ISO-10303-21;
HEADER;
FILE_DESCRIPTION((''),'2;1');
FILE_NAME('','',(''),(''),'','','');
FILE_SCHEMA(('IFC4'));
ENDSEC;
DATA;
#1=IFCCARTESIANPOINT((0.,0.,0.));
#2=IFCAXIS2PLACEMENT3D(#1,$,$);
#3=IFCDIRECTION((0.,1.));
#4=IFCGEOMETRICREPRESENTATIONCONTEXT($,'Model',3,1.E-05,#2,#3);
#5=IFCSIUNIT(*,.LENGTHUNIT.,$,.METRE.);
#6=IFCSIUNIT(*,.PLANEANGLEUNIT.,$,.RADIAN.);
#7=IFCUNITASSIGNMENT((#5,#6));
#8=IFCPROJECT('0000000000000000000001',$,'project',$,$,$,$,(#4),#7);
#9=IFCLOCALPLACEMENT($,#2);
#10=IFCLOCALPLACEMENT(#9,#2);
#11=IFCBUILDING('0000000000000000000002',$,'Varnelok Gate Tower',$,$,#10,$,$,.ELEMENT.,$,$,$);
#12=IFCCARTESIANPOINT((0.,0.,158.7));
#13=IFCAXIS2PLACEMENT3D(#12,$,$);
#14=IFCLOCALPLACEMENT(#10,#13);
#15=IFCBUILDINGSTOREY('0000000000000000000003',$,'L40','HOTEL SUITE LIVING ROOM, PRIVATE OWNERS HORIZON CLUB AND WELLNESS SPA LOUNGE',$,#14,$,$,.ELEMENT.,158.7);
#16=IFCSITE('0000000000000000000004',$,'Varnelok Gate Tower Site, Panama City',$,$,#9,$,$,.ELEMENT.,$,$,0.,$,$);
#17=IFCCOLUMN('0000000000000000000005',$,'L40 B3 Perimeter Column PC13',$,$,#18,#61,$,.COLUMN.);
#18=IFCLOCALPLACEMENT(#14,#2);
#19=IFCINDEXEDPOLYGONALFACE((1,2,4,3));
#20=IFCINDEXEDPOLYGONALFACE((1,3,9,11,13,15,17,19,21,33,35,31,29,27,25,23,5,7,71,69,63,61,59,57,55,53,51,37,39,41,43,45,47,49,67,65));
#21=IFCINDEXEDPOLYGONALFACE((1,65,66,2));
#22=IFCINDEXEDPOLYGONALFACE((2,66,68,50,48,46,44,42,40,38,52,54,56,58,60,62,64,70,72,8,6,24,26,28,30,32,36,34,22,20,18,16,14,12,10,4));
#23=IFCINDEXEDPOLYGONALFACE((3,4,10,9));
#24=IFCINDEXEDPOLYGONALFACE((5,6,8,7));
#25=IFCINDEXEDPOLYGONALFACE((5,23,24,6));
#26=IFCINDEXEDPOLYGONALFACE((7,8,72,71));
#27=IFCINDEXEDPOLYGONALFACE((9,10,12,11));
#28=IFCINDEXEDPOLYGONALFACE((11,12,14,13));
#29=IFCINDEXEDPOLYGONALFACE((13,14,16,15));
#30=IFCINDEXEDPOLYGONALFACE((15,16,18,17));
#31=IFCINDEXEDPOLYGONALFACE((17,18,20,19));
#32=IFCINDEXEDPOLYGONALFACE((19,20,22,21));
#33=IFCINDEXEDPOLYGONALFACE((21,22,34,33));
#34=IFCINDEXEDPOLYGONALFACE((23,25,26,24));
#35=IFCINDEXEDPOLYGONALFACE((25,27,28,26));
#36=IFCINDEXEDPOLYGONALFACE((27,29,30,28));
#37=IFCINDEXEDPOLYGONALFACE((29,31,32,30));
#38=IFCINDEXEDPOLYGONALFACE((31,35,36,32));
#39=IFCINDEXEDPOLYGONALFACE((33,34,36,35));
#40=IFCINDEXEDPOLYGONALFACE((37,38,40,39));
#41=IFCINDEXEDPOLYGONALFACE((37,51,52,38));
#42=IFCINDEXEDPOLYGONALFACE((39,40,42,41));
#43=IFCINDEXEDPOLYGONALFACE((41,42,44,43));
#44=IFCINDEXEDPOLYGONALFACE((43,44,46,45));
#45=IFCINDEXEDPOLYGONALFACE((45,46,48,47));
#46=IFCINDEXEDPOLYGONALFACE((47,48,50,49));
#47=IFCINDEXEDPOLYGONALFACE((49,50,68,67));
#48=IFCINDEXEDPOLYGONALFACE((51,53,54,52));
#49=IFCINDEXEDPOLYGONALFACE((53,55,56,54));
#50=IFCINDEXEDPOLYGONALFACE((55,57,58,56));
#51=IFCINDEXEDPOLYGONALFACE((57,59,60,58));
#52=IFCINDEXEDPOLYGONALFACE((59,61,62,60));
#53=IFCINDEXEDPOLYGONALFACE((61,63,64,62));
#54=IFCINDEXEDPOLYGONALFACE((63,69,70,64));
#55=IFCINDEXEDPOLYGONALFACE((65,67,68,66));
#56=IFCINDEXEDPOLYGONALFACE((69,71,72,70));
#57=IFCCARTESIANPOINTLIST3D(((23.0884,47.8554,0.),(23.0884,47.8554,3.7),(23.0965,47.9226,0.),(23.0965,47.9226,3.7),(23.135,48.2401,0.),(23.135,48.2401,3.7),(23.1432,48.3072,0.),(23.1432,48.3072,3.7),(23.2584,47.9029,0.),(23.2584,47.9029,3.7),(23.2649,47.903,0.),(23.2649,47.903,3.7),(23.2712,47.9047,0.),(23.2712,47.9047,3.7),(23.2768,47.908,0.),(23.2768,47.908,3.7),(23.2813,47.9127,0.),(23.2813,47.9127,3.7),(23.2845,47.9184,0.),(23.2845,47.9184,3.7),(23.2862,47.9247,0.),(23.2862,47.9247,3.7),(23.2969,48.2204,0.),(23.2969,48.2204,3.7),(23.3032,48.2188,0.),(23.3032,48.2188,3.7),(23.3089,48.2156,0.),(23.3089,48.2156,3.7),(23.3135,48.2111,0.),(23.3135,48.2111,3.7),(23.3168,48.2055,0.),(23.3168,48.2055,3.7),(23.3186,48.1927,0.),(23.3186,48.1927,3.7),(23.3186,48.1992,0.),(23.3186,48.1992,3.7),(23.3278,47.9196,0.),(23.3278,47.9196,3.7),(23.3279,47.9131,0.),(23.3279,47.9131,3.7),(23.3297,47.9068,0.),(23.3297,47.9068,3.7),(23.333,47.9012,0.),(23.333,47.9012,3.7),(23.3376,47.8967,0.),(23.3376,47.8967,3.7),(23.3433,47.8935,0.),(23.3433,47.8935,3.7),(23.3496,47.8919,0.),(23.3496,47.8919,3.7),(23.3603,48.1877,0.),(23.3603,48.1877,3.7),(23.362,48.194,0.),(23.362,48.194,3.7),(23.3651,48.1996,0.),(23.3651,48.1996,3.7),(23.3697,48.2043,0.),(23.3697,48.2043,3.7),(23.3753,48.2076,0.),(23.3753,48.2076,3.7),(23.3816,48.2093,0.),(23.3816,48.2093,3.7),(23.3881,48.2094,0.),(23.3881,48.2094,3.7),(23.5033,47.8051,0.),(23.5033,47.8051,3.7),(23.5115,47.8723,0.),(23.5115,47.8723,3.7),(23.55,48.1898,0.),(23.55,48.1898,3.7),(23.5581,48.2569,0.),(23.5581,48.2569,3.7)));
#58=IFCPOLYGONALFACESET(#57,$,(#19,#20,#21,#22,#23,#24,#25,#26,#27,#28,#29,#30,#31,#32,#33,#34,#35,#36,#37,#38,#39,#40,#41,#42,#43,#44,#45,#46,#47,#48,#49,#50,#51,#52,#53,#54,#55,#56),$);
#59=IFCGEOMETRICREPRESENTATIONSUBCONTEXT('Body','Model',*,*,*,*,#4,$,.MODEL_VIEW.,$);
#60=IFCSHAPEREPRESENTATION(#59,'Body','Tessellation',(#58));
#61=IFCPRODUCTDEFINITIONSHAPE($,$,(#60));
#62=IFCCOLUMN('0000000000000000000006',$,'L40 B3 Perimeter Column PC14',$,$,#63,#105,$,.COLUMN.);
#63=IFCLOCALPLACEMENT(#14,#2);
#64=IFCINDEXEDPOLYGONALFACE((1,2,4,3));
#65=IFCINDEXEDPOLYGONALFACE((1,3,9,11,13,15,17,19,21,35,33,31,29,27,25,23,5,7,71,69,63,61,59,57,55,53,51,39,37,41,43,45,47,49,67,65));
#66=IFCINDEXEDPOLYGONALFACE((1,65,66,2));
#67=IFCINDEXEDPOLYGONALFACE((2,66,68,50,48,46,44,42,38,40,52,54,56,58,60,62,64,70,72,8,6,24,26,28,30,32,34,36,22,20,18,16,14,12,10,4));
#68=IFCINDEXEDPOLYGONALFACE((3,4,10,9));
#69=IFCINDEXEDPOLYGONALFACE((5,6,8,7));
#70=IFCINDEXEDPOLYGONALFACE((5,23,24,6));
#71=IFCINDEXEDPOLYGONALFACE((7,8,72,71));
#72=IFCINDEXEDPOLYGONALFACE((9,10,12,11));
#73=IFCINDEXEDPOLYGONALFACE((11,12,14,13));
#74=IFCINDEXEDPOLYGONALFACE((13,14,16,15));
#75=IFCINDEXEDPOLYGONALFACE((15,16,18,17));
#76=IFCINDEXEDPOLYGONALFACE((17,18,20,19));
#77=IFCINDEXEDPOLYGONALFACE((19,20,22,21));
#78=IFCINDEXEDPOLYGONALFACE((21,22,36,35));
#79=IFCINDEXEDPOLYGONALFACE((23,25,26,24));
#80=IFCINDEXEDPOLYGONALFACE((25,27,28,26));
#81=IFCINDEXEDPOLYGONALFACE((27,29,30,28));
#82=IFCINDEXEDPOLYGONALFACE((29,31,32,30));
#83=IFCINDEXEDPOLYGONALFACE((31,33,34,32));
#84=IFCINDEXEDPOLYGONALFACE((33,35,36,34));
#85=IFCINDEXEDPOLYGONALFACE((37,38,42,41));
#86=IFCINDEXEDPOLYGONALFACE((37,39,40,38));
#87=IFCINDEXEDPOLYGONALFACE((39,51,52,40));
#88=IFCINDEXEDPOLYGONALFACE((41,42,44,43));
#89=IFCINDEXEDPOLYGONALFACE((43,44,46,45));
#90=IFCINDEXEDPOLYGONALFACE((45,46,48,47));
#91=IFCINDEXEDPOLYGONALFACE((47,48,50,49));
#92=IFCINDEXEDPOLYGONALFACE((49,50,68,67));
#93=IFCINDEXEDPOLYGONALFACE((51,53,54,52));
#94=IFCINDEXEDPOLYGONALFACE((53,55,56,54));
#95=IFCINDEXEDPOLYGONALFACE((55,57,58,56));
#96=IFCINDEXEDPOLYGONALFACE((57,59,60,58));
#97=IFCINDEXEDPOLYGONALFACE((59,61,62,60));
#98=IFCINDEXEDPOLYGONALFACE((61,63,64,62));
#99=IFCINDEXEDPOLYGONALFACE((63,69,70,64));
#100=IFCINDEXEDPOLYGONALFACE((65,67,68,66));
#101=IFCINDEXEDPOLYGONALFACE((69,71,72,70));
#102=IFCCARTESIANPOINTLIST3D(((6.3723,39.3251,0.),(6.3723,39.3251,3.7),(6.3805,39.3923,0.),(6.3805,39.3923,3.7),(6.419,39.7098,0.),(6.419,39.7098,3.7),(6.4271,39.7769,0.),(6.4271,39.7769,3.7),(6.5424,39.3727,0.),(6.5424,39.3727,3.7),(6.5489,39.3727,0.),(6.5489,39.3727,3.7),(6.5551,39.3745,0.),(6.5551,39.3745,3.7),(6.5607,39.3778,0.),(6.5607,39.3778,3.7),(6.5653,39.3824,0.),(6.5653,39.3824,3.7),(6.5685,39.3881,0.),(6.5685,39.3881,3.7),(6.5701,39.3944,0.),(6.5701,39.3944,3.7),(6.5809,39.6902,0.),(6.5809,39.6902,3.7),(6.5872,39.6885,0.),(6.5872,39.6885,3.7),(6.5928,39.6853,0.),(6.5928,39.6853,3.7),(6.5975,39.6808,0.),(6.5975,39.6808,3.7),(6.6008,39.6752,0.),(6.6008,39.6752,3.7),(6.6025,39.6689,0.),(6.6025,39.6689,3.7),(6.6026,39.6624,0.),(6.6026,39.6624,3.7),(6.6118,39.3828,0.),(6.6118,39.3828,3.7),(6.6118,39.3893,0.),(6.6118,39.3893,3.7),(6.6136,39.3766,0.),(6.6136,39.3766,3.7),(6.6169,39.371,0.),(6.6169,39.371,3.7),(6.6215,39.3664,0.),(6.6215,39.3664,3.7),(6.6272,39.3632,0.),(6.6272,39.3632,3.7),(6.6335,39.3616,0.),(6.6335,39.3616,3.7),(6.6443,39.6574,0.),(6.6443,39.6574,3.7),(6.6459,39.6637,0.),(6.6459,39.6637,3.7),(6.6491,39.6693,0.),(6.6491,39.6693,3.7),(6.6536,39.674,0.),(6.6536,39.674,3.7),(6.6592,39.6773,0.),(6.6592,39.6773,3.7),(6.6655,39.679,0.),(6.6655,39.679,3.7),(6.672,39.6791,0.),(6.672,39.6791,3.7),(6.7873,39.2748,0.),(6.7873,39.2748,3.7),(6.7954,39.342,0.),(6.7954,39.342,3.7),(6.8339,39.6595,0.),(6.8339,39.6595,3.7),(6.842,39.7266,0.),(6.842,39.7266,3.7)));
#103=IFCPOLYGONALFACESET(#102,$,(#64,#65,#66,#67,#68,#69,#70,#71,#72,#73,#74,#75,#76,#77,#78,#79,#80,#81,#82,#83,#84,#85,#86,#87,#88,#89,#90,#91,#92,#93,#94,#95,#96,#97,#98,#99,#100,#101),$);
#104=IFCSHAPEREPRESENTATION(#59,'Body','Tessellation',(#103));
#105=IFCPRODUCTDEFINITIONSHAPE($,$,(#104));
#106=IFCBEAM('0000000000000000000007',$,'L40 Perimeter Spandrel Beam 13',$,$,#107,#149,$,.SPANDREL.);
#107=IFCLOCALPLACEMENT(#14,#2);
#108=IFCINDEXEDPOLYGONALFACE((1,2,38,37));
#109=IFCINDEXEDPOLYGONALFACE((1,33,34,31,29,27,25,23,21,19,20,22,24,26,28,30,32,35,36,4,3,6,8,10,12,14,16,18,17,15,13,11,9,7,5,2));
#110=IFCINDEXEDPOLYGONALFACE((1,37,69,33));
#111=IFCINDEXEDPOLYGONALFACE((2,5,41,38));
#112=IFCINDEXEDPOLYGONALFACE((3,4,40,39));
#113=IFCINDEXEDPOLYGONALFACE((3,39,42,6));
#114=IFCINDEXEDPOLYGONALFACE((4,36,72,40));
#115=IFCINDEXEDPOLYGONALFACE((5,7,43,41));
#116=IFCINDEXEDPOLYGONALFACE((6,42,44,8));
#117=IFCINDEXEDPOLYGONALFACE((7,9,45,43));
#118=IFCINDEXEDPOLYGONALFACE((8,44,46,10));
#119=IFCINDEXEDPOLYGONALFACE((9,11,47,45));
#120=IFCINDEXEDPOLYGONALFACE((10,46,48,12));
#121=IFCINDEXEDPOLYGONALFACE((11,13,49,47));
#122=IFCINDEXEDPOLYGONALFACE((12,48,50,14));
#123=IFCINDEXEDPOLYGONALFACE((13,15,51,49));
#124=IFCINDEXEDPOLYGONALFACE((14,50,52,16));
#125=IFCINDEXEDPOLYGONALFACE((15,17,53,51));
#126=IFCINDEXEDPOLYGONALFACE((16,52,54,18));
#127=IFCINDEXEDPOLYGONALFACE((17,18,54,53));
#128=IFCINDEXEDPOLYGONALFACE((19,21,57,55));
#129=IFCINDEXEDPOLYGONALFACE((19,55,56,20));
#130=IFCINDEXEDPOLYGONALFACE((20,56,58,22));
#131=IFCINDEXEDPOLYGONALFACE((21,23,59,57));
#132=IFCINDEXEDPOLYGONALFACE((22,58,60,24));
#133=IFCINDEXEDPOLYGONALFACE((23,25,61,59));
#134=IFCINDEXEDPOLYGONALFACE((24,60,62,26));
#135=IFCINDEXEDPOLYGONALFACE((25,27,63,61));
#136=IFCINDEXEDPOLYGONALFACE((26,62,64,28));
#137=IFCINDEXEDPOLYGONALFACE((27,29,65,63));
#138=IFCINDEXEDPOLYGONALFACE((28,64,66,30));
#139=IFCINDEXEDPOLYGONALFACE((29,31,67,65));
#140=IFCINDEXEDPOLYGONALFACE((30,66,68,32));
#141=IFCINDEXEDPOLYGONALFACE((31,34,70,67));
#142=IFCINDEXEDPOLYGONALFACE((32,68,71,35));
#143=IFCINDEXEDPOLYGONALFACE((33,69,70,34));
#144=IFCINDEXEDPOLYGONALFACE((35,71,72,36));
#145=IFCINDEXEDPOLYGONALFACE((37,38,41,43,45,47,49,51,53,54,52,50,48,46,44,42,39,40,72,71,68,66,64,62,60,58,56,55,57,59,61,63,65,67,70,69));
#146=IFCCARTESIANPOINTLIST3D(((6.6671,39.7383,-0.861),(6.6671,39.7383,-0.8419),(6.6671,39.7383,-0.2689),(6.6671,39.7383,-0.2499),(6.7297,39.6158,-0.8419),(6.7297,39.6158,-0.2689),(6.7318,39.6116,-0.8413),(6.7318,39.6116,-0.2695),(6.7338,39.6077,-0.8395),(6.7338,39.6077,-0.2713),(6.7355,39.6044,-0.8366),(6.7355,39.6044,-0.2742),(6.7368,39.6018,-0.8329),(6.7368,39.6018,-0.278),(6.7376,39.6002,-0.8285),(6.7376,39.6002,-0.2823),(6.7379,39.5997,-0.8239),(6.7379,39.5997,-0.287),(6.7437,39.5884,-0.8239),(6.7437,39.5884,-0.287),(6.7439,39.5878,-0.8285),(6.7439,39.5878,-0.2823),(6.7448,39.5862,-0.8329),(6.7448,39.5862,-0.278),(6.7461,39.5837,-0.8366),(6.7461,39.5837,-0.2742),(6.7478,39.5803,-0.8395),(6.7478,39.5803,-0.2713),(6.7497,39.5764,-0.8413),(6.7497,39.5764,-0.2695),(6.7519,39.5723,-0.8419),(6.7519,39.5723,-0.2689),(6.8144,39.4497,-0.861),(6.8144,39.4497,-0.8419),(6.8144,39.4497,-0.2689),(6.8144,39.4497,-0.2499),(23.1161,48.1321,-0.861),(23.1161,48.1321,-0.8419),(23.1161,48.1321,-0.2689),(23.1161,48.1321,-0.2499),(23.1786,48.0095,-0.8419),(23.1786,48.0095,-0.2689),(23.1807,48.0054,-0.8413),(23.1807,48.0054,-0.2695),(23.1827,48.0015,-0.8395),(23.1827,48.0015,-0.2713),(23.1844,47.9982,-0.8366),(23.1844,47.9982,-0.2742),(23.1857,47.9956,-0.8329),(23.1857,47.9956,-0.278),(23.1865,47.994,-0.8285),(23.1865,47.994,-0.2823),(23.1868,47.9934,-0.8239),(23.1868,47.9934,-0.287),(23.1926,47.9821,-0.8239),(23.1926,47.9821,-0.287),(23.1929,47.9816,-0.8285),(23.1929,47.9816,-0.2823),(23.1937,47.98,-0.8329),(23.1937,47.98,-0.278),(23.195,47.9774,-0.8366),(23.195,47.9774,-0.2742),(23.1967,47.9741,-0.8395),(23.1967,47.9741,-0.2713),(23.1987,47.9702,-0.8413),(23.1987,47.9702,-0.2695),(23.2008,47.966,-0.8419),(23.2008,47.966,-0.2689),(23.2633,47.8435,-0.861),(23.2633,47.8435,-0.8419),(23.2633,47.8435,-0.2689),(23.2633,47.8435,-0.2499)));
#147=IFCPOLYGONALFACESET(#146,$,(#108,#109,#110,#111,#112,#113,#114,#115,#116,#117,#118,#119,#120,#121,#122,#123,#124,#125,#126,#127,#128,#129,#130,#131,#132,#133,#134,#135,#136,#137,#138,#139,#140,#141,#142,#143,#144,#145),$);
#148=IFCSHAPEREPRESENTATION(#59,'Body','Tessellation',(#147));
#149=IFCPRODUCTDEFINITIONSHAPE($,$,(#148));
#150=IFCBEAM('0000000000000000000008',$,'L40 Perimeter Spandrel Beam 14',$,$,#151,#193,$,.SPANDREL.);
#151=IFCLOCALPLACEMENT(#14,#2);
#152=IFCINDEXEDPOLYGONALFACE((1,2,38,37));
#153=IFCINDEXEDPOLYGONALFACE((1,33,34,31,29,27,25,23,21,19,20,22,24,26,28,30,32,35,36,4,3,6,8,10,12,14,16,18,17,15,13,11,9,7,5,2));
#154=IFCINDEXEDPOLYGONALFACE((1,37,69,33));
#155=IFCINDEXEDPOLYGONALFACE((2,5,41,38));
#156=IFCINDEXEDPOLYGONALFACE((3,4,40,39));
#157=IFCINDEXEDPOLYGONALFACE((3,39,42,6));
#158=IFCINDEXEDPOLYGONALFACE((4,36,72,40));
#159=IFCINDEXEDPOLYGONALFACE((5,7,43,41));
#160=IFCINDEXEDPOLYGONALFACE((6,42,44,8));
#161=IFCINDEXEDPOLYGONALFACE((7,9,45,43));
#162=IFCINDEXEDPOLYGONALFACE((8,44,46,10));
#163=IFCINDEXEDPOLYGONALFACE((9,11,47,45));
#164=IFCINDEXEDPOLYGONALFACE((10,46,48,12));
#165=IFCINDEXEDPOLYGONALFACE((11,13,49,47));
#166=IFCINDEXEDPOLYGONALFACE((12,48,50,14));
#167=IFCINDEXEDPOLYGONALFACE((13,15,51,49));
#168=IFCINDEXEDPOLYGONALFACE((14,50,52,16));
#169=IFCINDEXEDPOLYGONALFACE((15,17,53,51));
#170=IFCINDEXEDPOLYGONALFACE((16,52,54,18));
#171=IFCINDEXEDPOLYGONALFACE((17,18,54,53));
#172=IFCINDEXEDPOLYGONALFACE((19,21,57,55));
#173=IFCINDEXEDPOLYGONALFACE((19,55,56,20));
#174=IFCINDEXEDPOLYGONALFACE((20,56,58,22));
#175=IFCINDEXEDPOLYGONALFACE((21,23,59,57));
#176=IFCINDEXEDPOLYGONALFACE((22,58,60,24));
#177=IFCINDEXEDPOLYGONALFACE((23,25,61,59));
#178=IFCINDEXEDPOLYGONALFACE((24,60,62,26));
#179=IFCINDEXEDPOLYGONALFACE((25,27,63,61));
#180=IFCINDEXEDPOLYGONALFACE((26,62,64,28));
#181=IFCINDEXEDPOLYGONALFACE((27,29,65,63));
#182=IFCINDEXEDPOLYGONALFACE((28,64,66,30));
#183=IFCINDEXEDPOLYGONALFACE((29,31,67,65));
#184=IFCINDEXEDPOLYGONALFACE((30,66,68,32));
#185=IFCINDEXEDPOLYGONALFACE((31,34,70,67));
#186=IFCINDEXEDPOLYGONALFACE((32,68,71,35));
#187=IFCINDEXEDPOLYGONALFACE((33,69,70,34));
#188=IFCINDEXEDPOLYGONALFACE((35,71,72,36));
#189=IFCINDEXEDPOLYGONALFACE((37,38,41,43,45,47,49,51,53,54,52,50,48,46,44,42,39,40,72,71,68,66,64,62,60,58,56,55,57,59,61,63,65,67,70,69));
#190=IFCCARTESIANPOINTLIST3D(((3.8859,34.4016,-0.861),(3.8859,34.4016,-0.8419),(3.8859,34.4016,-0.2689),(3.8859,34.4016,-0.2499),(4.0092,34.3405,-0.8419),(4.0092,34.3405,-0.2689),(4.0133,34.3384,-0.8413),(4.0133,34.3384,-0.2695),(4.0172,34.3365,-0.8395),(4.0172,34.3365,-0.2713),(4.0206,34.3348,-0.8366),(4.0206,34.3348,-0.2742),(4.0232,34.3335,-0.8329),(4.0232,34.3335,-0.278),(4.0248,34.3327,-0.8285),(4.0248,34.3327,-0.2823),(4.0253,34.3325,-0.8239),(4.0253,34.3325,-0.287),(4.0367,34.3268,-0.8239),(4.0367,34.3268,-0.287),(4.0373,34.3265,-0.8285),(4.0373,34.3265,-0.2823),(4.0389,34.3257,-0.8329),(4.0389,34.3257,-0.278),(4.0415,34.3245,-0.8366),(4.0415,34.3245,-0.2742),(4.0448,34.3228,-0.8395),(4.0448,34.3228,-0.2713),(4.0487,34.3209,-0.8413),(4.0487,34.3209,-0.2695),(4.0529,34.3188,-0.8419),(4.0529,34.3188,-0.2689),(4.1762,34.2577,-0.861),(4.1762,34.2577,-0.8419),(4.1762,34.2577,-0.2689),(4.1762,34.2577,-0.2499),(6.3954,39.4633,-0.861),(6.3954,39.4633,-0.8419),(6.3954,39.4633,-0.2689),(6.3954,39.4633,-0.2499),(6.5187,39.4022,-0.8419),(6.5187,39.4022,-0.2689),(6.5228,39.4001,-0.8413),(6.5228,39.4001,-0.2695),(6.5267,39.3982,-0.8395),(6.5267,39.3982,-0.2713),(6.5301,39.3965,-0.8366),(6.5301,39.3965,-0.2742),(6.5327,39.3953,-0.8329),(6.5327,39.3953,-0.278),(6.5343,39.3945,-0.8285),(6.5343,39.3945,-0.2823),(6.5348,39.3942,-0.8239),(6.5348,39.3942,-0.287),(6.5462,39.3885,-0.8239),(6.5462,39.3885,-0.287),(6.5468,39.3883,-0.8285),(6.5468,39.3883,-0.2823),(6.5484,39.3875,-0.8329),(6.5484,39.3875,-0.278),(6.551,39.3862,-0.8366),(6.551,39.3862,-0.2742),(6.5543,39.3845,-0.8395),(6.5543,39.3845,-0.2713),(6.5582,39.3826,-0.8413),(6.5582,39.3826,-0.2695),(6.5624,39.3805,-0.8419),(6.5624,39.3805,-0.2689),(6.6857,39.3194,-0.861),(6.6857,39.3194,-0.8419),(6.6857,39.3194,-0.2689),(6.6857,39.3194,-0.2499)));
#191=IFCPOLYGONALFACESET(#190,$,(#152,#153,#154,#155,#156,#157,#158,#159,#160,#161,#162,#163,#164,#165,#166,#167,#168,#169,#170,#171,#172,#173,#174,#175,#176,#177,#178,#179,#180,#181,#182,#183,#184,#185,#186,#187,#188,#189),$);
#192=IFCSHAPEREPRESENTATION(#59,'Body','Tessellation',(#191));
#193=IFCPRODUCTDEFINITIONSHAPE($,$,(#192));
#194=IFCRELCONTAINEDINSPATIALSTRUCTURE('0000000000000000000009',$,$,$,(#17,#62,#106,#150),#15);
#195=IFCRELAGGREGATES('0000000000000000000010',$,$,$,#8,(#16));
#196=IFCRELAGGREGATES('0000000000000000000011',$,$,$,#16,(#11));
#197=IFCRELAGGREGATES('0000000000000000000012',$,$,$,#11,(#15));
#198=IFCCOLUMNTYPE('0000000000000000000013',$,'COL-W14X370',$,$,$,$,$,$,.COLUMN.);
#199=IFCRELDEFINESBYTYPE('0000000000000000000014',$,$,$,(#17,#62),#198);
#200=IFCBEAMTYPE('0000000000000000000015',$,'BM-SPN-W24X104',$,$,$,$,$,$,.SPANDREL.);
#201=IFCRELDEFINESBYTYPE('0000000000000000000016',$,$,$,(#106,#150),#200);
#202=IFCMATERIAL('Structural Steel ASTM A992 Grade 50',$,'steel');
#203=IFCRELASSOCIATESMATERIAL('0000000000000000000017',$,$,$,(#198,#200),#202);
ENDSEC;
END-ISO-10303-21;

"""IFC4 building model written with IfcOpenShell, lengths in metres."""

from ifc_helpers import new_model, si_unit, direction, frame, origin, origin_2d, place, context, subcontext, project, spatial, i_section, extrude, material, material_profile, profile_set, type_object, element, save


model = new_model("IFC4")

# Units and contexts
model_context = context("Model", 3, precision=1e-05, world=origin(), true_north=direction((0.0, 1.0)))
body_context = subcontext(model_context, "Body", "Model", "MODEL_VIEW")
ifc_project = project(units=[si_unit("LENGTHUNIT", "METRE"), si_unit("PLANEANGLEUNIT", "RADIAN")], contexts=[model_context])

# Site, building, storey
site_placement = place(None, origin())
site = spatial("IfcSite", under=ifc_project, at=site_placement, Name="Varnelok Gate Tower Site, Panama City", CompositionType="ELEMENT", RefElevation=0.0)
building_placement = place(site_placement, origin())
building = spatial("IfcBuilding", under=site, at=building_placement, Name="Varnelok Gate Tower", CompositionType="ELEMENT")
storey_placement = place(building_placement, frame((0.0, 0.0, 158.7)))
storey = spatial("IfcBuildingStorey", under=building, at=storey_placement, Name="L40", Description="HOTEL SUITE LIVING ROOM, PRIVATE OWNERS HORIZON CLUB AND WELLNESS SPA LOUNGE", CompositionType="ELEMENT", Elevation=158.7)

# Columns
ifc_material_1 = material(Name="Structural Steel ASTM A992 Grade 50", Category="steel")
ifc_material_profile_1 = material_profile(ifc_material_1, i_section(OverallWidth=0.418, OverallDepth=0.4551, WebThickness=0.042, FlangeThickness=0.0676, FilletRadius=0.0249, at=origin_2d()), Name="W14X370")
ifc_profile_set_1 = profile_set([ifc_material_profile_1], Name="Structural Steel ASTM A992 Grade 50")
column_type = type_object("IfcColumnType", Name="COL-W14X370", PredefinedType="COLUMN", material=ifc_profile_set_1)
for number, where, z_axis, x_axis, name in (
    (1, (23.3232, 48.0562, 0.0), (0.0, 0.0, 1.0), (0.992732, -0.120345, 0.0), "L40 B3 Perimeter Column PC13"),
    (2, (6.6072, 39.5259, 0.0), (0.0, 0.0, 1.0), (0.992732, -0.120345, 0.0), "L40 B3 Perimeter Column PC14"),
):
    element("IfcColumn", number, at=place(storey_placement, frame(where, z_axis=z_axis, x_axis=x_axis)), inside=storey, type_object=column_type, Name=name, PredefinedType="COLUMN", context=body_context, shape_type="SweptSolid", body=[
        extrude(i_section(OverallWidth=0.418, OverallDepth=0.4551, WebThickness=0.042, FlangeThickness=0.0676, FilletRadius=0.0249, at=origin_2d()), origin(), (0.0, 0.0, 1.0), 3.7),
    ])

# Beams
ifc_material_profile_2 = material_profile(ifc_material_1, i_section(OverallWidth=0.324, OverallDepth=0.6111, WebThickness=0.0127, FlangeThickness=0.019, FilletRadius=0.0181, at=origin_2d()), Name="W24X104")
ifc_profile_set_2 = profile_set([ifc_material_profile_2], Name="Structural Steel ASTM A992 Grade 50")
beam_type = type_object("IfcBeamType", Name="BM-SPN-W24X104", PredefinedType="SPANDREL", material=ifc_profile_set_2)
beam_1_placement = place(storey_placement, frame((23.1897, 47.9878, -0.5554), z_axis=(-0.89073, -0.454533, 0.0), x_axis=(0.454533, -0.89073, 0.0)))
element("IfcBeam", 3, at=beam_1_placement, inside=storey, type_object=beam_type, Name="L40 Perimeter Spandrel Beam 13", PredefinedType="SPANDREL", context=body_context, shape_type="SweptSolid", body=[
    extrude(i_section(OverallWidth=0.324, OverallDepth=0.6111, WebThickness=0.0127, FlangeThickness=0.019, FilletRadius=0.0181, at=origin_2d()), origin(), (0.0, 0.0, 1.0), 18.4668),
])
beam_2_placement = place(storey_placement, frame((6.5405, 39.3914, -0.5554), z_axis=(-0.444186, -0.895935, 0.0), x_axis=(0.895935, -0.444186, 0.0)))
element("IfcBeam", 4, at=beam_2_placement, inside=storey, type_object=beam_type, Name="L40 Perimeter Spandrel Beam 14", PredefinedType="SPANDREL", context=body_context, shape_type="SweptSolid", body=[
    extrude(i_section(OverallWidth=0.324, OverallDepth=0.6111, WebThickness=0.0127, FlangeThickness=0.019, FilletRadius=0.0181, at=origin_2d()), origin(), (0.0, 0.0, 1.0), 5.6497),
])

save(model, "model.ifc")
